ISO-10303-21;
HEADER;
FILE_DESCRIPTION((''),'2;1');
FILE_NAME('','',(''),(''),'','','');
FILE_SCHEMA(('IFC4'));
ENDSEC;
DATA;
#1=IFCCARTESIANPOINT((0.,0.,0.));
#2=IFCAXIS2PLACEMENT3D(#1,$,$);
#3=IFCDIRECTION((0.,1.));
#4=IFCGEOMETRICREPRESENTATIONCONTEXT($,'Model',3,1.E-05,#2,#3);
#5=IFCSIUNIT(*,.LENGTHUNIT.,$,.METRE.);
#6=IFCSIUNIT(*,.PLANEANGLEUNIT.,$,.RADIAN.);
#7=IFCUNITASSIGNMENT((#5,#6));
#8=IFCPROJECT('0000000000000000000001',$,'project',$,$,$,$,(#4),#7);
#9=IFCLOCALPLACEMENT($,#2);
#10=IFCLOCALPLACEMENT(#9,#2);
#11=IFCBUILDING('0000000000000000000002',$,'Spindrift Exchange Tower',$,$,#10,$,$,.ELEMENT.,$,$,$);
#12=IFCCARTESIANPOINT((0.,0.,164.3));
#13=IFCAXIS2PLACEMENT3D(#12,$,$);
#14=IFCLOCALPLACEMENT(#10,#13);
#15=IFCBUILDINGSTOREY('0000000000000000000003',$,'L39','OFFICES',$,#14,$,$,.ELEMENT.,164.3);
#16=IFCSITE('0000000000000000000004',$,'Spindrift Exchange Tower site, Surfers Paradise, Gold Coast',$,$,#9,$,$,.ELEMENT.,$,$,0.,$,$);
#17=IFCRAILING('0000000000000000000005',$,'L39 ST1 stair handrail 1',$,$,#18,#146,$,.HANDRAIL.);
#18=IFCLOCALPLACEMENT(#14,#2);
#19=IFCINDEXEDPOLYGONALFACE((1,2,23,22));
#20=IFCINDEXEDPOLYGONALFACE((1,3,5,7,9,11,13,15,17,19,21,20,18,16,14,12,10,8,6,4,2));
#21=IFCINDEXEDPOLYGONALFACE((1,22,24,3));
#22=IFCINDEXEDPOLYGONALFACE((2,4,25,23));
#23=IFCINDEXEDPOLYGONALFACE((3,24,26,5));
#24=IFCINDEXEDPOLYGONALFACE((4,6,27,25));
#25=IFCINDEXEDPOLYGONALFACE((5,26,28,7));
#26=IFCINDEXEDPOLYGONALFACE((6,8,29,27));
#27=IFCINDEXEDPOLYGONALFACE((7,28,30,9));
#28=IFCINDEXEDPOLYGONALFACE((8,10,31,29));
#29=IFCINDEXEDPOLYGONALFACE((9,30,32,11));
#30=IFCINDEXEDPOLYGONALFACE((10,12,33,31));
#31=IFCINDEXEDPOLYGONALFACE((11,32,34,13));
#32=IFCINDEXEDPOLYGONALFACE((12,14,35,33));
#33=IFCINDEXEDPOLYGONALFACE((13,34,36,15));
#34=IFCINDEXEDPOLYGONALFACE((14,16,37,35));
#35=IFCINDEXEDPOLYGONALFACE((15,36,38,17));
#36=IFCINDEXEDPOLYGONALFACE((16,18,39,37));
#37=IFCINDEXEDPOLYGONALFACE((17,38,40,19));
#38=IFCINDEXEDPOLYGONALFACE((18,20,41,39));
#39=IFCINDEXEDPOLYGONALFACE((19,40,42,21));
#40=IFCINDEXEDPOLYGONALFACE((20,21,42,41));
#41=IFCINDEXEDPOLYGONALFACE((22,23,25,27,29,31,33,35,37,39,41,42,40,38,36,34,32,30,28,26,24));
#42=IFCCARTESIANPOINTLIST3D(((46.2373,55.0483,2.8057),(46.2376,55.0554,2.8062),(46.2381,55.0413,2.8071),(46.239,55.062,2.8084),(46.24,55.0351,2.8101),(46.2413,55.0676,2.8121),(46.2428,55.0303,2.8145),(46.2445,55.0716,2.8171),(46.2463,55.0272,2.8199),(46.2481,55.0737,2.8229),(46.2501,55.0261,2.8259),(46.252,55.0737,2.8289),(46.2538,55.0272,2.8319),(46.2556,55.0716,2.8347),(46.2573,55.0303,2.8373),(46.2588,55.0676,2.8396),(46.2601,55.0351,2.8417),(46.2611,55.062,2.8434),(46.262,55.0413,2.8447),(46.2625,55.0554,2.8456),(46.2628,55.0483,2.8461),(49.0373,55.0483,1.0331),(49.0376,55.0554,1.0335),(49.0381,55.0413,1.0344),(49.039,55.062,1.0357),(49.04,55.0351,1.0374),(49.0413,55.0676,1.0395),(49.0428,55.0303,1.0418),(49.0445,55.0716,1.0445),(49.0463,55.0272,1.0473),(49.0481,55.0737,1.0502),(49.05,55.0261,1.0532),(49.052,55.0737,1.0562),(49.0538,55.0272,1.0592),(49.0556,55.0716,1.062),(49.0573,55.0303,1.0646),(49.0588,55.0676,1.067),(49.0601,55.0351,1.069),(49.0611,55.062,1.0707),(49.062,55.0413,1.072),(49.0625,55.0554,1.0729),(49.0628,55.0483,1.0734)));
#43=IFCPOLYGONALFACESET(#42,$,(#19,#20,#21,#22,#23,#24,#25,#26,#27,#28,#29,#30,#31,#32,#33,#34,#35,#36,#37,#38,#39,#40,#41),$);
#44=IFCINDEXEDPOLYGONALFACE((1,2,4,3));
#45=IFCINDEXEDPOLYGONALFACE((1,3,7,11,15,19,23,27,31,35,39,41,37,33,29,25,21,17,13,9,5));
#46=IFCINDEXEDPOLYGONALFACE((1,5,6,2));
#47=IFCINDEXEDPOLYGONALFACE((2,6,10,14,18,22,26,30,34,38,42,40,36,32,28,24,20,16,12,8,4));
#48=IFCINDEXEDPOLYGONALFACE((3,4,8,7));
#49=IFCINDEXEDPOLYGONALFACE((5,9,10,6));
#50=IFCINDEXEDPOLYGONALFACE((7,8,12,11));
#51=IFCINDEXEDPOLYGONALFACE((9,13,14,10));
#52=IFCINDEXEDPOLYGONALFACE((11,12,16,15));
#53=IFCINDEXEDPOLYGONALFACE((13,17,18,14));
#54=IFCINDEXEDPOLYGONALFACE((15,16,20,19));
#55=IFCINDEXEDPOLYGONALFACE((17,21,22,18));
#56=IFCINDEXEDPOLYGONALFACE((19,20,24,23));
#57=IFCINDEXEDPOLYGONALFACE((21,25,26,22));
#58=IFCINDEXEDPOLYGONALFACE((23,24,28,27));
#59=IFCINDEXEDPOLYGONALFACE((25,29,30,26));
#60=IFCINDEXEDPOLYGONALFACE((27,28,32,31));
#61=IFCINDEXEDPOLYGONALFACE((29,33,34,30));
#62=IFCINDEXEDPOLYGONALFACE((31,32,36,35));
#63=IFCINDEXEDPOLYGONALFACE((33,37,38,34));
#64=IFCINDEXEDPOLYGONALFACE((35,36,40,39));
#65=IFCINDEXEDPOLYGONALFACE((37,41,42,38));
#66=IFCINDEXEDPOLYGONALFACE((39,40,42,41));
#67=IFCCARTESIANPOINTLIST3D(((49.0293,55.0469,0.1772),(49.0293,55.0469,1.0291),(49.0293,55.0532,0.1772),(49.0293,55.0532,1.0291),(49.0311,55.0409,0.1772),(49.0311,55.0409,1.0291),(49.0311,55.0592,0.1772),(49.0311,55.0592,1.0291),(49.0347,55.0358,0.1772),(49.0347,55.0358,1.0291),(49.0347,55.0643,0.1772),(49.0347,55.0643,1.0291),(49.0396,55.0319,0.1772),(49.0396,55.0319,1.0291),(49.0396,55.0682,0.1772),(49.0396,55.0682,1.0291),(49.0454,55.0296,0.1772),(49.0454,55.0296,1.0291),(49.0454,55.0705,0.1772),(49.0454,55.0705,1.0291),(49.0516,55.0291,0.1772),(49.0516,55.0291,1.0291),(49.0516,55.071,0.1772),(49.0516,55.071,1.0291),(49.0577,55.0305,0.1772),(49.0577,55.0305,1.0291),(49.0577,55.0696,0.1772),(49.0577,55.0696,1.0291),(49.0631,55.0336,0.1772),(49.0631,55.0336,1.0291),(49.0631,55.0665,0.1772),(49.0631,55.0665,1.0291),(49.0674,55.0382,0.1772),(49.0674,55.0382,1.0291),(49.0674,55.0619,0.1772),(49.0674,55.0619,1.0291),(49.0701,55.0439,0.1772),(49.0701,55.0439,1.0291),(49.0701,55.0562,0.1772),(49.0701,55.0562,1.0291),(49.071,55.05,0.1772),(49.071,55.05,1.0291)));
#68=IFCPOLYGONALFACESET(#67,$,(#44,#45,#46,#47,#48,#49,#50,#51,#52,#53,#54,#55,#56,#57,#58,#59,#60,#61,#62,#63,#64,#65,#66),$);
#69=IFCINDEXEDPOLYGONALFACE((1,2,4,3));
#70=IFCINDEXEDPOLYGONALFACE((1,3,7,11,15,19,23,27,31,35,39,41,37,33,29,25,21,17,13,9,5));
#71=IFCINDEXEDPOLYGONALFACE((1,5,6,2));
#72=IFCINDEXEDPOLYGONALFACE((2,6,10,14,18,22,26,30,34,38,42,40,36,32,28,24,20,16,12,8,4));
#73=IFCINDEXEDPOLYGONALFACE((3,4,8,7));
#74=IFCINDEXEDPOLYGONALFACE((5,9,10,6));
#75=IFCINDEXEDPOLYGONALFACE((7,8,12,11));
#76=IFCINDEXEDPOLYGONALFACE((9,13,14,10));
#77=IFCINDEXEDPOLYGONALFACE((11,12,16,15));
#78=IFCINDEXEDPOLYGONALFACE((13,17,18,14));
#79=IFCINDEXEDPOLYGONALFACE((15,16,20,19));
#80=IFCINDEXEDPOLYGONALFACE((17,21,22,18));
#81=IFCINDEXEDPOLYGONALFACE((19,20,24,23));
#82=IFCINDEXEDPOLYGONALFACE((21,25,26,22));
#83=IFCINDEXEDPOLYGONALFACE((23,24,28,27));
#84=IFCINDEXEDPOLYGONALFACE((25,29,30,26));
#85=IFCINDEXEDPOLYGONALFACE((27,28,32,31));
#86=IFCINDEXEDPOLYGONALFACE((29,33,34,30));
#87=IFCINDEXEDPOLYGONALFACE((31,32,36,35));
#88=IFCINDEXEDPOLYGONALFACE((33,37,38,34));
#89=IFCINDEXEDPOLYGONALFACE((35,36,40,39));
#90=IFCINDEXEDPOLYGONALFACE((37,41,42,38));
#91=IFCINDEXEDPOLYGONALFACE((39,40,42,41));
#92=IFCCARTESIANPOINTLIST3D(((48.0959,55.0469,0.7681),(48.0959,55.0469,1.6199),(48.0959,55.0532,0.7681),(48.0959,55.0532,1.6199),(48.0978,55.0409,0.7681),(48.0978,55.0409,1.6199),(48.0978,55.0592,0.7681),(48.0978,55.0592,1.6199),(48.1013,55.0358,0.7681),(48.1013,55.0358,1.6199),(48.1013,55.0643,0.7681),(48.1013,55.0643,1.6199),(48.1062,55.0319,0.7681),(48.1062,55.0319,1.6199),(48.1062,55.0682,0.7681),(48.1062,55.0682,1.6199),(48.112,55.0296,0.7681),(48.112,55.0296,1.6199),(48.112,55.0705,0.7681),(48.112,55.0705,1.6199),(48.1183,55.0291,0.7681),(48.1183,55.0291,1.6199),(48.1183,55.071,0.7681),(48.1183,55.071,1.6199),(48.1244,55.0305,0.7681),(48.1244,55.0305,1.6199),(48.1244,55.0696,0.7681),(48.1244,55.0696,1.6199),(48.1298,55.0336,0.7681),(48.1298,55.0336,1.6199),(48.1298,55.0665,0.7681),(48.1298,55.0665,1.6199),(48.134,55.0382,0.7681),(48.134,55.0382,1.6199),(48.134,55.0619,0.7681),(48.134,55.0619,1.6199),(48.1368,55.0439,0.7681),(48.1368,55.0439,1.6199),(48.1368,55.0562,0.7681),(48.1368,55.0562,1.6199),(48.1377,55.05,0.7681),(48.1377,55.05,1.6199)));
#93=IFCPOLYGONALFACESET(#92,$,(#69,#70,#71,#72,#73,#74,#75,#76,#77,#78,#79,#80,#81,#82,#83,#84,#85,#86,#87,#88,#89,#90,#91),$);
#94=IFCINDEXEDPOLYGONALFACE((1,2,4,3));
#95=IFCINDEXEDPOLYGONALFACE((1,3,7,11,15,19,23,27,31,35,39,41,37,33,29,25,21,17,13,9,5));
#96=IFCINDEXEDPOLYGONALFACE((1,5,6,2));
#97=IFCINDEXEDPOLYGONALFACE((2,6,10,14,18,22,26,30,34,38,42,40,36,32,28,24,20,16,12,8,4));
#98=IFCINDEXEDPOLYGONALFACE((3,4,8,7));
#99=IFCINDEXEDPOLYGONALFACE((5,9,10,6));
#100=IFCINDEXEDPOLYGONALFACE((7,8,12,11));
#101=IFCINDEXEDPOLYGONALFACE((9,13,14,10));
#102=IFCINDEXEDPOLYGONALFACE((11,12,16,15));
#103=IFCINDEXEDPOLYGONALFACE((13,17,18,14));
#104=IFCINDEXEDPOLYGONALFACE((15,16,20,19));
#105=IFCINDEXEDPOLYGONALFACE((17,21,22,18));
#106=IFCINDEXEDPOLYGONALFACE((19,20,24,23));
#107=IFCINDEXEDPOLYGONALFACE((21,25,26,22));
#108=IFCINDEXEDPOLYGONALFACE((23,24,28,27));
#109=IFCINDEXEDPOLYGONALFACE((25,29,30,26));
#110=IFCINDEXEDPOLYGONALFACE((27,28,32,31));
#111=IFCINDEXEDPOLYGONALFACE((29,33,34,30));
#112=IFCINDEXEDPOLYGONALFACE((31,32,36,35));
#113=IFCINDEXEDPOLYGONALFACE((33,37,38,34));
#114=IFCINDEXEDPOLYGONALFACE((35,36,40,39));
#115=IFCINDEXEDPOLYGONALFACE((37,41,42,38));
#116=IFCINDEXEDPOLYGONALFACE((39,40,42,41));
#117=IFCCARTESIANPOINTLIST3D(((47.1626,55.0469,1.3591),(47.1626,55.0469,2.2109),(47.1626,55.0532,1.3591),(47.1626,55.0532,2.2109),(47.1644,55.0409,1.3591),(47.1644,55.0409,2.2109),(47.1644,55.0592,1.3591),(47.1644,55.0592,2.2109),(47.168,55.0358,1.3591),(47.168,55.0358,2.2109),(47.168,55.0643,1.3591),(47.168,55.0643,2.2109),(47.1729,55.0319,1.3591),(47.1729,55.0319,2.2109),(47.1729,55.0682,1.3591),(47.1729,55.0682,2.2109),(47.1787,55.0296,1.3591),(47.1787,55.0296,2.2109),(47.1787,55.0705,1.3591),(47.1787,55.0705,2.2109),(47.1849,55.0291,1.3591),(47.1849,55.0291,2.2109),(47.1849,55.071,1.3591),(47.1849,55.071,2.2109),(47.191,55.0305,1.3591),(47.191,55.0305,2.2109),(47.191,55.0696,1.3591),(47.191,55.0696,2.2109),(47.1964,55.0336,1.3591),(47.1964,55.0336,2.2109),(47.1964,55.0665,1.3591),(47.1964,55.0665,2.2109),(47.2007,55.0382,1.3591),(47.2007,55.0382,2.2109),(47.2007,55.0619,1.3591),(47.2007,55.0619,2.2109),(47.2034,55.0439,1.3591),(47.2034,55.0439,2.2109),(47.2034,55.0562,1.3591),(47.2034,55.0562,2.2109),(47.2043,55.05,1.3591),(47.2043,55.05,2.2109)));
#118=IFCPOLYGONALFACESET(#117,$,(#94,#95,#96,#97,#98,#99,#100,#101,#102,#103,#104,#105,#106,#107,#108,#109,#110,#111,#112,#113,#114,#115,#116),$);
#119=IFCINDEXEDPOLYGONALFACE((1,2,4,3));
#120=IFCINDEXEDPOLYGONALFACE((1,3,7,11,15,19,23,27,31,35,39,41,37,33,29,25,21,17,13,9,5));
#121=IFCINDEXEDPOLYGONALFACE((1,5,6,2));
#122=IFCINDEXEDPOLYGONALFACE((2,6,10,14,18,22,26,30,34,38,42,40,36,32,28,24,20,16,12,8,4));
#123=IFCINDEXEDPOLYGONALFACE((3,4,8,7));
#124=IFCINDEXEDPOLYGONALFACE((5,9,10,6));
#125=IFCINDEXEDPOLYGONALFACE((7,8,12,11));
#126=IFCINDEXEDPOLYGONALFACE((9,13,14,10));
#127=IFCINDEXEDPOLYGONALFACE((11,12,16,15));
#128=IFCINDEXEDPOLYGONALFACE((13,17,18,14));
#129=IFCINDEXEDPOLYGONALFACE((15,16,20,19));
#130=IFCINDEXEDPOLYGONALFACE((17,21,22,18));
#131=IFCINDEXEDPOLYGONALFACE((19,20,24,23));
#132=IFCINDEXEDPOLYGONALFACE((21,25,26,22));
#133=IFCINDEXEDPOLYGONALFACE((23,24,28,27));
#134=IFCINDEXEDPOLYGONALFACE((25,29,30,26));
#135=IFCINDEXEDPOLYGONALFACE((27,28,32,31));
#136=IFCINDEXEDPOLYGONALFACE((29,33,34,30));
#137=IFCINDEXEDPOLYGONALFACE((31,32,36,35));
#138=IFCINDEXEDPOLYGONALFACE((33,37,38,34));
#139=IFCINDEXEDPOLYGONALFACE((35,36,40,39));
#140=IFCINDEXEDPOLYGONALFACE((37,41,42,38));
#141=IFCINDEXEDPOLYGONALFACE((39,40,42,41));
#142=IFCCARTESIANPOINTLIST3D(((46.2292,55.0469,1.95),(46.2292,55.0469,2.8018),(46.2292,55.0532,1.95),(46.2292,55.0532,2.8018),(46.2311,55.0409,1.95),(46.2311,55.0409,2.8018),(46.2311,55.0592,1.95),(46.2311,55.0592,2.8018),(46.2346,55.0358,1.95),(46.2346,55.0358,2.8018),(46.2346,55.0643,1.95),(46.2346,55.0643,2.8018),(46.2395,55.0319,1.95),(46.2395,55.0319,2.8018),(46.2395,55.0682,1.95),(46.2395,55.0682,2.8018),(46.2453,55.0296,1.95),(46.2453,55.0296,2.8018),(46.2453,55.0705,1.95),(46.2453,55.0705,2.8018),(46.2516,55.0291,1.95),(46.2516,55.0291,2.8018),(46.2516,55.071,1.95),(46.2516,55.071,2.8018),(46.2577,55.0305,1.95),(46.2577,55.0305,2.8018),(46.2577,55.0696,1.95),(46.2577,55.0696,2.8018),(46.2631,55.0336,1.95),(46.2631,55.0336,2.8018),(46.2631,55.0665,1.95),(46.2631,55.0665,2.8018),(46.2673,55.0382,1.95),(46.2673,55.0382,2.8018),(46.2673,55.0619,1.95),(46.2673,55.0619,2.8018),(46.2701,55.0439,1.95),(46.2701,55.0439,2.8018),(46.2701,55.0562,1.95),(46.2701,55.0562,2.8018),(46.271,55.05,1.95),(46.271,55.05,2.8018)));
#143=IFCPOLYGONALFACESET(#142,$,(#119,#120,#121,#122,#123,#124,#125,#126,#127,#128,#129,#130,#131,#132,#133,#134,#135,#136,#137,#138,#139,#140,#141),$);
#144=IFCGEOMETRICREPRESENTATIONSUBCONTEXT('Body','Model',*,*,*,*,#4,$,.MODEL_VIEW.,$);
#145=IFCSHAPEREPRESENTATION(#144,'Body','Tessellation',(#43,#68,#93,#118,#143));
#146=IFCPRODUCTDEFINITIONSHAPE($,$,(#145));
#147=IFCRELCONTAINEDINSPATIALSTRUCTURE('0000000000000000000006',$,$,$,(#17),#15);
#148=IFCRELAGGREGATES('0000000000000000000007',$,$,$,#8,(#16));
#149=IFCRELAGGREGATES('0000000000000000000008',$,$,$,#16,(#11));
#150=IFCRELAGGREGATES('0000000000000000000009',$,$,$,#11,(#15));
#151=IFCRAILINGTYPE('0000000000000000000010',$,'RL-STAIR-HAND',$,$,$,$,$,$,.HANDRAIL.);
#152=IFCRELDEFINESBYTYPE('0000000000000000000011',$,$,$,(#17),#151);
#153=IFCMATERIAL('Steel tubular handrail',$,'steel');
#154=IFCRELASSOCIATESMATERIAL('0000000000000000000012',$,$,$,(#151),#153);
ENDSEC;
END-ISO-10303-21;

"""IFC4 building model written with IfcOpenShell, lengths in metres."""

from ifc_helpers import new_model, si_unit, direction, frame, origin, origin_2d, place, context, subcontext, project, spatial, circle, extrude, material, type_object, element, save


model = new_model("IFC4")

# Units and contexts
model_context = context("Model", 3, precision=1e-05, world=origin(), true_north=direction((0.0, 1.0)))
body_context = subcontext(model_context, "Body", "Model", "MODEL_VIEW")
ifc_project = project(units=[si_unit("LENGTHUNIT", "METRE"), si_unit("PLANEANGLEUNIT", "RADIAN")], contexts=[model_context])

# Site, building, storey
site_placement = place(None, origin())
site = spatial("IfcSite", under=ifc_project, at=site_placement, Name="Spindrift Exchange Tower site, Surfers Paradise, Gold Coast", CompositionType="ELEMENT", RefElevation=0.0)
building_placement = place(site_placement, origin())
building = spatial("IfcBuilding", under=site, at=building_placement, Name="Spindrift Exchange Tower", CompositionType="ELEMENT")
storey_placement = place(building_placement, frame((0.0, 0.0, 164.3)))
storey = spatial("IfcBuildingStorey", under=building, at=storey_placement, Name="L39", Description="OFFICES", CompositionType="ELEMENT", Elevation=164.3)

# Railing
ifc_material_1 = material(Name="Steel tubular handrail", Category="steel")
railing_type = type_object("IfcRailingType", Name="RL-STAIR-HAND", PredefinedType="HANDRAIL", material=ifc_material_1)
railing_placement = place(storey_placement, frame((49.05, 55.05, 0.1772)))
element("IfcRailing", 1, at=railing_placement, inside=storey, type_object=railing_type, Name="L39 ST1 stair handrail 1", PredefinedType="HANDRAIL", context=body_context, shape_type="SweptSolid", body=[
    extrude(circle(Radius=0.0239, at=origin_2d()), frame((0.0, 0.0, 0.876), z_axis=(-0.844909, 0.0, 0.53491), x_axis=(0.0, -1.0, 0.0)), (0.0, 0.0, 1.0), 3.314),
    extrude(circle(Radius=0.021, at=origin_2d()), origin(), (0.0, 0.0, 1.0), 0.8518),
    extrude(circle(Radius=0.021, at=origin_2d()), frame((-0.9333, 0.0, 0.5908)), (0.0, 0.0, 1.0), 0.8518),
    extrude(circle(Radius=0.021, at=origin_2d()), frame((-1.8667, 0.0, 1.1819)), (0.0, 0.0, 1.0), 0.8518),
    extrude(circle(Radius=0.021, at=origin_2d()), frame((-2.8, 0.0, 1.7727)), (0.0, 0.0, 1.0), 0.8518),
])

save(model, "model.ifc")
